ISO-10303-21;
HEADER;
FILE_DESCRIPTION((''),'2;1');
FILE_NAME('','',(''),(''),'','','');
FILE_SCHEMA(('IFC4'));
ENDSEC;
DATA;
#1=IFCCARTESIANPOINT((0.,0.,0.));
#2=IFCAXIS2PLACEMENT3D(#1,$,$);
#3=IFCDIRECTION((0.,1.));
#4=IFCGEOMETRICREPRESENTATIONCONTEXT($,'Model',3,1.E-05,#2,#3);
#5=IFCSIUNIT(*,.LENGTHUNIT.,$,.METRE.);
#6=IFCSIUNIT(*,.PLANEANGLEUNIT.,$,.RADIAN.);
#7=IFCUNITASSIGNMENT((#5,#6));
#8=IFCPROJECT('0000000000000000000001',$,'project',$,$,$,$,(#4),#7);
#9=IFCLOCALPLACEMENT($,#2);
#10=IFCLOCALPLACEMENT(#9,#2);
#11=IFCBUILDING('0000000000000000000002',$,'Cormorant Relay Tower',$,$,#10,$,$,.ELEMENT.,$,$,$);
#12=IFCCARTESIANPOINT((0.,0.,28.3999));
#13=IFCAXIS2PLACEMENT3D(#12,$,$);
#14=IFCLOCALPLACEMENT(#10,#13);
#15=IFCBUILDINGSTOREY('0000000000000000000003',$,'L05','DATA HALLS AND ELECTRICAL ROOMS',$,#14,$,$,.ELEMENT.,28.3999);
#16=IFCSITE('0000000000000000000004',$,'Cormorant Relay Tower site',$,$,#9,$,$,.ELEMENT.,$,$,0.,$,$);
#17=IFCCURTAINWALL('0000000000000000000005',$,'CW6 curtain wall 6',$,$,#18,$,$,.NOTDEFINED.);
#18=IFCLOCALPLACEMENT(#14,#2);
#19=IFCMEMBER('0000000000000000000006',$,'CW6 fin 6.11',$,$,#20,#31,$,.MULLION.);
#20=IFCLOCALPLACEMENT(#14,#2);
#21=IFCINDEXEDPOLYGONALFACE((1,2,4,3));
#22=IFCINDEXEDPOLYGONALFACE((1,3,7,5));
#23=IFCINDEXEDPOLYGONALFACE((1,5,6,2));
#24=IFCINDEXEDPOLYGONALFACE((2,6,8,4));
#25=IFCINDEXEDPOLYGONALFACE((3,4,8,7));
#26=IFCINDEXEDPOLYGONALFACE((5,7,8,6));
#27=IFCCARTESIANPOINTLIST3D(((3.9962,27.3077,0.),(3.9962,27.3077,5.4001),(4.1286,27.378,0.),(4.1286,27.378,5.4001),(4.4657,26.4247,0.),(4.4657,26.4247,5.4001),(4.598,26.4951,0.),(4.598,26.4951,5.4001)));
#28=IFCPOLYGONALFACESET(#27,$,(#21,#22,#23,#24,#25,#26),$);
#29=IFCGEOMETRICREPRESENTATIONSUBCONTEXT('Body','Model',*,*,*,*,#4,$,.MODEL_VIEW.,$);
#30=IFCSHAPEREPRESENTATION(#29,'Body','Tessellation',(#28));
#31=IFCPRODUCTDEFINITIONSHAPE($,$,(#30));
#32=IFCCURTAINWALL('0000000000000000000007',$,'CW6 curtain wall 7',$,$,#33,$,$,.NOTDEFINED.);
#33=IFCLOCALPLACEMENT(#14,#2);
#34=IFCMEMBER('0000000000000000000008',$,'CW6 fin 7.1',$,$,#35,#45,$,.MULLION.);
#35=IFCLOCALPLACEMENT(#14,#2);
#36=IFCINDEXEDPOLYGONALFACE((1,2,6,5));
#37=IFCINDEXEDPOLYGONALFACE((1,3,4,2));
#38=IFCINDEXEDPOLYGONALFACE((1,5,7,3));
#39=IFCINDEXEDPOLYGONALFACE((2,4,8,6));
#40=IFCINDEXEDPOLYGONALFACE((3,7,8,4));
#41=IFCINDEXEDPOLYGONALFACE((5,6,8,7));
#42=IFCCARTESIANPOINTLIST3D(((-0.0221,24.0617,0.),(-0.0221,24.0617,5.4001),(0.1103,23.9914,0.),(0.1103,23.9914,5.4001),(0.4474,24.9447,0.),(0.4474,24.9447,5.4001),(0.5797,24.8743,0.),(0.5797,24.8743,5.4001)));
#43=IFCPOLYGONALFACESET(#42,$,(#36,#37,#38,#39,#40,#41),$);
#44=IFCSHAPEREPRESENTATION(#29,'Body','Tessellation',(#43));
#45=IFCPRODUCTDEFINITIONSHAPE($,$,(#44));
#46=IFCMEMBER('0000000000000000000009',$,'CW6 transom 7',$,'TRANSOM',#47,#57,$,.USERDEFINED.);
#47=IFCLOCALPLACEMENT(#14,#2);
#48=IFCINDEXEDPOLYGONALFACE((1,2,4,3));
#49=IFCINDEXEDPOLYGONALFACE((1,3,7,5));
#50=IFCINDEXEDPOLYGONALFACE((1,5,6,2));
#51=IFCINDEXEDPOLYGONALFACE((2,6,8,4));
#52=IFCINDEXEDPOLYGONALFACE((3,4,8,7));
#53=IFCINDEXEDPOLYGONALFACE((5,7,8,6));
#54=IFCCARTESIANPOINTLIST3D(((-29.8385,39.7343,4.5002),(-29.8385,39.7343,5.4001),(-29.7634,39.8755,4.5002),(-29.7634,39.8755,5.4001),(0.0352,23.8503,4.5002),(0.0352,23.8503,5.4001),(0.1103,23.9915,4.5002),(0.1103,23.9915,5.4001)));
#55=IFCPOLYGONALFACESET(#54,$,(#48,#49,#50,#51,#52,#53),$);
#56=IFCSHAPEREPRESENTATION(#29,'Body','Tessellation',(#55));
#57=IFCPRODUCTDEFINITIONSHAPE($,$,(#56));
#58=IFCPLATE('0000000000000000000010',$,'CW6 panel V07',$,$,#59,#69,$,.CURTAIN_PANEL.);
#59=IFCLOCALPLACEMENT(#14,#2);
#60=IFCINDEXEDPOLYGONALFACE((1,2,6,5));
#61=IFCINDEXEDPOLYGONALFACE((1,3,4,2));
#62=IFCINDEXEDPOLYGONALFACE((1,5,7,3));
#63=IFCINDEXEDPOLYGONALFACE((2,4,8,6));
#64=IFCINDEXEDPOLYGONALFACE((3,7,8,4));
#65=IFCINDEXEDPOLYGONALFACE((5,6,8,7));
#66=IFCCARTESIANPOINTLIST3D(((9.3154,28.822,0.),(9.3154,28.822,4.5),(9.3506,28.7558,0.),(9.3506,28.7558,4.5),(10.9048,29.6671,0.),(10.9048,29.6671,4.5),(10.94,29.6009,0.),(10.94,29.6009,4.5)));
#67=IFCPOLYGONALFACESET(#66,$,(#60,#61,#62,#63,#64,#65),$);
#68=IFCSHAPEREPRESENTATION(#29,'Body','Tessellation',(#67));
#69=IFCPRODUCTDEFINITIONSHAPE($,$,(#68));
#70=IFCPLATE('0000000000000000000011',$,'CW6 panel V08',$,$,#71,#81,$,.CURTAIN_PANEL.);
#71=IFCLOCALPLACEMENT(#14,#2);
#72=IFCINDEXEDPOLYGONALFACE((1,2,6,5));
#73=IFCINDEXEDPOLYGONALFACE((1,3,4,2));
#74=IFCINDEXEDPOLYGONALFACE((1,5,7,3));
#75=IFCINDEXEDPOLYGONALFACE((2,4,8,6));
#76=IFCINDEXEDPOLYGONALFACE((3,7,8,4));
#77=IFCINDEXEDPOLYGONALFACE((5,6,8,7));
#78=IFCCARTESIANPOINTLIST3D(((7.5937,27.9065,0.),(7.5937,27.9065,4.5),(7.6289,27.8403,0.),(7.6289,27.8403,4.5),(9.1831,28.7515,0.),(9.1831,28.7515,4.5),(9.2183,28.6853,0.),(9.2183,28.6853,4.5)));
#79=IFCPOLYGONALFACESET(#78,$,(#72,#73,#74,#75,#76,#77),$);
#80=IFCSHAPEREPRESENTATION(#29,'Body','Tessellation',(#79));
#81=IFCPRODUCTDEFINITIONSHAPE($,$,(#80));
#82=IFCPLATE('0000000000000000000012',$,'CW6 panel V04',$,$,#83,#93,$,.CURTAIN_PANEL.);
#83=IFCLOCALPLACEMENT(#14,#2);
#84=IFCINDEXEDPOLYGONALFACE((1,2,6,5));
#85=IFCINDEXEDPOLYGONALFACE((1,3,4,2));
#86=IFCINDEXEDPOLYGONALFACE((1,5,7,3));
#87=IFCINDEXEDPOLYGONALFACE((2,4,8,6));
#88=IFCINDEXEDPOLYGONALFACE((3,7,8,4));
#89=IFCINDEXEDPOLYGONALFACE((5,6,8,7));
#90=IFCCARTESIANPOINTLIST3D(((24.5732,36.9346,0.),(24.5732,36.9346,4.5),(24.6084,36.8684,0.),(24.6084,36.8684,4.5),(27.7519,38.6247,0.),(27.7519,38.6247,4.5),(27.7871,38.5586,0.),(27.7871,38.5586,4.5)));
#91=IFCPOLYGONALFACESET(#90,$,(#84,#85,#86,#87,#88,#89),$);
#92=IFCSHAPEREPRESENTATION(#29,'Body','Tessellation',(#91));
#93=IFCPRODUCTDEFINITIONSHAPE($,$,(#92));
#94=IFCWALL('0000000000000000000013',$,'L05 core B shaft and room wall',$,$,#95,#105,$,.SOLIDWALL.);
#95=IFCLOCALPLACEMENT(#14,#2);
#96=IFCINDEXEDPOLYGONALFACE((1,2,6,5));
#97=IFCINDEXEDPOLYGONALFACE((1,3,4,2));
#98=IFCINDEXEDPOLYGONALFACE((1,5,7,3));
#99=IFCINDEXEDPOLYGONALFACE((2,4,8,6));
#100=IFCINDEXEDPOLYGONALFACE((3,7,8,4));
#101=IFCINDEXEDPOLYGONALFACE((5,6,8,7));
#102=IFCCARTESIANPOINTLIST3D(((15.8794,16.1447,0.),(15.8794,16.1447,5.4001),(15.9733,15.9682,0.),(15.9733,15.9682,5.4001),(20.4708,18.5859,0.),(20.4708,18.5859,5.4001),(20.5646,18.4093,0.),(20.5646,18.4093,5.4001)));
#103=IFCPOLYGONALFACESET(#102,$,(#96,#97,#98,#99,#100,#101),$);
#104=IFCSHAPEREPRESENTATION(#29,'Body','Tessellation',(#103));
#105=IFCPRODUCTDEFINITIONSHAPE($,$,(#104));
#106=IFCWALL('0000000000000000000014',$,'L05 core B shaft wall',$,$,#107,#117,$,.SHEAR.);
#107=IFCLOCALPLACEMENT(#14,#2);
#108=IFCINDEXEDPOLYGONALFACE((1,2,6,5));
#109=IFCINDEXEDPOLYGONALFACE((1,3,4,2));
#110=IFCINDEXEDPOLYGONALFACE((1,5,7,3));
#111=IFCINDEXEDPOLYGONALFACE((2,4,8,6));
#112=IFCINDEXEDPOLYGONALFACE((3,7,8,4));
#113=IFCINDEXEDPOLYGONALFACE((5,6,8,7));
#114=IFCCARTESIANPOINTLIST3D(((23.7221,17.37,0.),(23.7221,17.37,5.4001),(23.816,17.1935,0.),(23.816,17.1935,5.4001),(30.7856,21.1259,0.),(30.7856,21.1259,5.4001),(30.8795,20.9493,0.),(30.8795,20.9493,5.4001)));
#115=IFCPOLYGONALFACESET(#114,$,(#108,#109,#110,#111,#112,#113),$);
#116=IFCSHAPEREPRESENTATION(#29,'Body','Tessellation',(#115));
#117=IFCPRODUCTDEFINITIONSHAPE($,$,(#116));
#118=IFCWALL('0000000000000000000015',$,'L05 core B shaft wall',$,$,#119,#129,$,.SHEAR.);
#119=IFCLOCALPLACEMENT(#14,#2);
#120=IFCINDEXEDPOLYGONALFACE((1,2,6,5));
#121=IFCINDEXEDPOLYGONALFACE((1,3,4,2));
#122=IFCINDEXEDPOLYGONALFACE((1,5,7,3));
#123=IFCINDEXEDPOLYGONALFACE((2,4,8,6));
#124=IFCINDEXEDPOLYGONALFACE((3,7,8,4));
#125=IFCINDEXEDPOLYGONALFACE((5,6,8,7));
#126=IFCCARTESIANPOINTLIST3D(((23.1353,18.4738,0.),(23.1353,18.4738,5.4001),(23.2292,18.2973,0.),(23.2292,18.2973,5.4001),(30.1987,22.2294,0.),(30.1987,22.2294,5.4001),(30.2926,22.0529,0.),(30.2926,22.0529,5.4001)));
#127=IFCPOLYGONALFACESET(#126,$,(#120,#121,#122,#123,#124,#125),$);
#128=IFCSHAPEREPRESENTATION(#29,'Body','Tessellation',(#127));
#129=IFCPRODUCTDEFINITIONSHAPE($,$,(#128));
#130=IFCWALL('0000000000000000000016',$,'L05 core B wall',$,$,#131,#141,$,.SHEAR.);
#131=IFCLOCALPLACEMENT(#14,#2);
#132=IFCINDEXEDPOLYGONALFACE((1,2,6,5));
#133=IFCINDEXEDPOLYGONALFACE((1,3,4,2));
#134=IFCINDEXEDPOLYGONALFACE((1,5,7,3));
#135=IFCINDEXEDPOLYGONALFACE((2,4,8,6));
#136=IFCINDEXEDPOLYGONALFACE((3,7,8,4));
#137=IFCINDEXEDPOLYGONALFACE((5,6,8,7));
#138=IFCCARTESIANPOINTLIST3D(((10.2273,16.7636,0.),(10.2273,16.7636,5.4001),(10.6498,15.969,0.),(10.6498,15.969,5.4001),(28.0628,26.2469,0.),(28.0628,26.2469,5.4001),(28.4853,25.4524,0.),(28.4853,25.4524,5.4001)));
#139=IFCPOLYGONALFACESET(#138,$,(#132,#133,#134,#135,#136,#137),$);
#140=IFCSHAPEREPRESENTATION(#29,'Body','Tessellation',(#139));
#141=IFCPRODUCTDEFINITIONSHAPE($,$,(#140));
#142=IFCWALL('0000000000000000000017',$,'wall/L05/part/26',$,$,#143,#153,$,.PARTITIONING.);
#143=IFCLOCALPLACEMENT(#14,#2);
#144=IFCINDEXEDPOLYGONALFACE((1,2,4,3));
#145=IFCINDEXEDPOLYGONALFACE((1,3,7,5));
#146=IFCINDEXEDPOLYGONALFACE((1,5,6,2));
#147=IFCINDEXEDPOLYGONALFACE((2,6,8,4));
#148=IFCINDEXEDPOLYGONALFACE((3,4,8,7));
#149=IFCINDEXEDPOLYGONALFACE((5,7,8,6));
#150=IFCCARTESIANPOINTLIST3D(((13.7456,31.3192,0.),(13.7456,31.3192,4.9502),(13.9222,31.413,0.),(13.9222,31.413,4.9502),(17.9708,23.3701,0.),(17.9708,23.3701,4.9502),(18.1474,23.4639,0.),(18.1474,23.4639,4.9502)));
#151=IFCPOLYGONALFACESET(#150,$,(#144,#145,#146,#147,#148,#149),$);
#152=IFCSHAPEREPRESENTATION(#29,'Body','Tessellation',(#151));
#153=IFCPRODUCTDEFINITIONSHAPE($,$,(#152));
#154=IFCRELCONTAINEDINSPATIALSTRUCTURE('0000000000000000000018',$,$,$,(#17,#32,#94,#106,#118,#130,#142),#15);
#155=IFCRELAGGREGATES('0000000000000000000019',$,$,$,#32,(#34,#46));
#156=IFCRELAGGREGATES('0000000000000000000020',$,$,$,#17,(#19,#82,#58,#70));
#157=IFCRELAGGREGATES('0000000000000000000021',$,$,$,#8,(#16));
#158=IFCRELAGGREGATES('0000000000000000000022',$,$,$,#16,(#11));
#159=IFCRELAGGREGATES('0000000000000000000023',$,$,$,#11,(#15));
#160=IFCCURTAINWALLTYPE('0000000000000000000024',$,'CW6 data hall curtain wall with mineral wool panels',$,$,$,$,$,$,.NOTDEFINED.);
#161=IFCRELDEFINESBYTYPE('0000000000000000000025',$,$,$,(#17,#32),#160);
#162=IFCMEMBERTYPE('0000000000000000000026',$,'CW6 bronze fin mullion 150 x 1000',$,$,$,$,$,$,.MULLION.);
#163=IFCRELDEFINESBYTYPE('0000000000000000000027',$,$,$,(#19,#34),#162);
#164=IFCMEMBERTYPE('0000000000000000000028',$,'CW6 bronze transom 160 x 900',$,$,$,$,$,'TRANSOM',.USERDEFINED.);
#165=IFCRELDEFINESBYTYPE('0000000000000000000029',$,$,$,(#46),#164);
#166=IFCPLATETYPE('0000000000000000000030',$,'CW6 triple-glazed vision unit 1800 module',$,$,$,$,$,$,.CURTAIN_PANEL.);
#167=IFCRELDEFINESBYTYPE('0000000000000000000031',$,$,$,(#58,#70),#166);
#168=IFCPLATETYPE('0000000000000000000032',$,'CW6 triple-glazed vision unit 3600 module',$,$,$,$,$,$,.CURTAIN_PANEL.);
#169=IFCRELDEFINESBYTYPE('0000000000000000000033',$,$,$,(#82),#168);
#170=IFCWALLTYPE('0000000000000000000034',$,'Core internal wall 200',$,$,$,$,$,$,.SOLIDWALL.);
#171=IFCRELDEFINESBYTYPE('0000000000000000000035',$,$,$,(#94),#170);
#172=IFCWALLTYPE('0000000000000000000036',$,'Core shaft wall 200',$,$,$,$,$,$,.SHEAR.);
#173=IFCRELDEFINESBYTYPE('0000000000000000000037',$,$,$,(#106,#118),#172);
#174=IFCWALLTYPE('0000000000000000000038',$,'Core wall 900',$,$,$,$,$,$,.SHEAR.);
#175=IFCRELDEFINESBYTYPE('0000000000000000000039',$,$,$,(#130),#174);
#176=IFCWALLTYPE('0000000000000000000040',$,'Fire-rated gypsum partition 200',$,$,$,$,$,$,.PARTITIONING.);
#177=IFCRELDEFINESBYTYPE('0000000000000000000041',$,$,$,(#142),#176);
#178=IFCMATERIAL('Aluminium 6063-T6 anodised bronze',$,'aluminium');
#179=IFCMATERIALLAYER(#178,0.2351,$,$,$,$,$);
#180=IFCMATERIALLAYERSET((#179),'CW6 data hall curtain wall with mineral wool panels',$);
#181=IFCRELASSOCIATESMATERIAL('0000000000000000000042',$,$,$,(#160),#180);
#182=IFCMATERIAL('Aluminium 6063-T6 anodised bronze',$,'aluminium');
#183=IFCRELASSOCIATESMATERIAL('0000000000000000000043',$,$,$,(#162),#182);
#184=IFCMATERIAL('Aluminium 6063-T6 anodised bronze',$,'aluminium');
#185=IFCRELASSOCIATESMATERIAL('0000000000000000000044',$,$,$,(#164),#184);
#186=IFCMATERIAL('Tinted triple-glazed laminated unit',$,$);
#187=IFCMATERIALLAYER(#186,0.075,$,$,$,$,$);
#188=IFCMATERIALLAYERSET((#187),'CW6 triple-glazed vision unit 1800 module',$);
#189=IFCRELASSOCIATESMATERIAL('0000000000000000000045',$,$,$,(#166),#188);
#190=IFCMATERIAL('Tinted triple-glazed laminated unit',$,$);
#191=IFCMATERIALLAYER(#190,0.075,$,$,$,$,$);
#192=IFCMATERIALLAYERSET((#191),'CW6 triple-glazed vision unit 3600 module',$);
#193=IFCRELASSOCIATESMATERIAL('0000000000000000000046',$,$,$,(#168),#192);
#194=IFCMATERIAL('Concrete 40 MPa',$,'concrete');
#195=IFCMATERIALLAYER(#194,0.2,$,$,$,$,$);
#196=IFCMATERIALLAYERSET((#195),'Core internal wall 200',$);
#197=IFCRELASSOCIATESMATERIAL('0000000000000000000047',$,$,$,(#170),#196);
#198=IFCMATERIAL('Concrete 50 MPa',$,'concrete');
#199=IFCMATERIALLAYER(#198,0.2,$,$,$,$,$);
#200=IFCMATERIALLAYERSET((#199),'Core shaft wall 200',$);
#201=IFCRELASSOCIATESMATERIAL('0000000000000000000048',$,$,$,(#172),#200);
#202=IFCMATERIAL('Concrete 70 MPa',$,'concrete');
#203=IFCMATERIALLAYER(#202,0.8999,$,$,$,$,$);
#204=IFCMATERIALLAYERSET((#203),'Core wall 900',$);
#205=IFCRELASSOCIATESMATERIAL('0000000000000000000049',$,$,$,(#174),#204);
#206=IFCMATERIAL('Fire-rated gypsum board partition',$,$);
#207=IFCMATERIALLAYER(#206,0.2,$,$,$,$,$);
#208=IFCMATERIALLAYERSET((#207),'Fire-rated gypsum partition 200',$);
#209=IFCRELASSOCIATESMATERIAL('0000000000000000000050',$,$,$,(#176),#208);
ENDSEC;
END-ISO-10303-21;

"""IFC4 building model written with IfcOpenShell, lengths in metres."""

from ifc_helpers import new_model, si_unit, direction, frame, frame_2d, origin, origin_2d, place, context, subcontext, project, spatial, rectangle, extrude, material, layer, layer_set, material_profile, profile_set, type_object, element, aggregate, save


model = new_model("IFC4")

# Units and contexts
model_context = context("Model", 3, precision=1e-05, world=origin(), true_north=direction((0.0, 1.0)))
body_context = subcontext(model_context, "Body", "Model", "MODEL_VIEW")
ifc_project = project(units=[si_unit("LENGTHUNIT", "METRE"), si_unit("PLANEANGLEUNIT", "RADIAN")], contexts=[model_context])

# Site, building, storey
site_placement = place(None, origin())
site = spatial("IfcSite", under=ifc_project, at=site_placement, Name="Cormorant Relay Tower site", CompositionType="ELEMENT", RefElevation=0.0)
building_placement = place(site_placement, origin())
building = spatial("IfcBuilding", under=site, at=building_placement, Name="Cormorant Relay Tower", CompositionType="ELEMENT")
storey_placement = place(building_placement, frame((0.0, 0.0, 28.3999)))
storey = spatial("IfcBuildingStorey", under=building, at=storey_placement, Name="L05", Description="DATA HALLS AND ELECTRICAL ROOMS", CompositionType="ELEMENT", Elevation=28.3999)

# Curtain walls, members
ifc_material_1 = material(Name="Aluminium 6063-T6 anodised bronze", Category="aluminium")
ifc_layer_1 = layer(ifc_material_1, 0.2351)
ifc_layer_set_1 = layer_set([ifc_layer_1], Name="CW6 data hall curtain wall with mineral wool panels")
curtain_wall_type = type_object("IfcCurtainWallType", Name="CW6 data hall curtain wall with mineral wool panels", PredefinedType="NOTDEFINED", material=ifc_layer_set_1)
curtain_wall_1_placement = place(storey_placement, origin())
curtain_wall_1 = element("IfcCurtainWall", 1, at=curtain_wall_1_placement, inside=storey, type_object=curtain_wall_type, Name="CW6 curtain wall 6", PredefinedType="NOTDEFINED")
ifc_material_2 = material(Name="Aluminium 6063-T6 anodised bronze", Category="aluminium")
ifc_material_profile_1 = material_profile(ifc_material_2, rectangle(XDim=0.1499, YDim=1.0, at=origin_2d()), Name="AL 150x1000")
ifc_profile_set_1 = profile_set([ifc_material_profile_1], Name="Aluminium 6063-T6 anodised bronze")
member_type_1 = type_object("IfcMemberType", Name="CW6 bronze fin mullion 150 x 1000", PredefinedType="MULLION", material=ifc_profile_set_1)
member_1_placement = place(storey_placement, frame((4.2971, 26.9014, 0.0), z_axis=(0.0, 0.0, 1.0), x_axis=(-0.882948, -0.469472, 0.0)))
member_1 = element("IfcMember", 2, at=member_1_placement, type_object=member_type_1, Name="CW6 fin 6.11", PredefinedType="MULLION", context=body_context, shape_type="SweptSolid", body=[
    extrude(rectangle(XDim=0.1499, YDim=1.0, at=origin_2d()), origin(), (0.0, 0.0, 1.0), 5.4001),
])
curtain_wall_2_placement = place(storey_placement, origin())
curtain_wall_2 = element("IfcCurtainWall", 3, at=curtain_wall_2_placement, inside=storey, type_object=curtain_wall_type, Name="CW6 curtain wall 7", PredefinedType="NOTDEFINED")
member_2_placement = place(storey_placement, frame((0.2788, 24.468, 0.0), z_axis=(0.0, 0.0, 1.0), x_axis=(-0.882948, 0.469472, 0.0)))
member_2 = element("IfcMember", 4, at=member_2_placement, type_object=member_type_1, Name="CW6 fin 7.1", PredefinedType="MULLION", context=body_context, shape_type="SweptSolid", body=[
    extrude(rectangle(XDim=0.1499, YDim=1.0, at=origin_2d()), origin(), (0.0, 0.0, 1.0), 5.4001),
])
ifc_material_3 = material(Name="Aluminium 6063-T6 anodised bronze", Category="aluminium")
ifc_material_profile_2 = material_profile(ifc_material_3, rectangle(XDim=0.1599, YDim=0.8999, at=origin_2d()), Name="AL 160x900")
ifc_profile_set_2 = profile_set([ifc_material_profile_2], Name="Aluminium 6063-T6 anodised bronze")
member_type_2 = type_object("IfcMemberType", Name="CW6 bronze transom 160 x 900", ElementType="TRANSOM", PredefinedType="USERDEFINED", material=ifc_profile_set_2)
member_3_placement = place(storey_placement, frame((0.0728, 23.9209, 4.9502), z_axis=(-0.882949, 0.469468, 0.0), x_axis=(-0.469468, -0.882949, 0.0)))
member_3 = element("IfcMember", 5, at=member_3_placement, type_object=member_type_2, Name="CW6 transom 7", ObjectType="TRANSOM", PredefinedType="USERDEFINED", context=body_context, shape_type="SweptSolid", body=[
    extrude(rectangle(XDim=0.1599, YDim=0.8999, at=origin_2d()), origin(), (0.0, 0.0, 1.0), 33.834),
])
aggregate(curtain_wall_2, [member_2, member_3])

# Plates
ifc_material_4 = material(Name="Tinted triple-glazed laminated unit")
ifc_layer_2 = layer(ifc_material_4, 0.075)
ifc_layer_set_2 = layer_set([ifc_layer_2], Name="CW6 triple-glazed vision unit 1800 module")
plate_type_1 = type_object("IfcPlateType", Name="CW6 triple-glazed vision unit 1800 module", PredefinedType="CURTAIN_PANEL", material=ifc_layer_set_2)
plate_1_placement = place(storey_placement, frame((10.1277, 29.2114, 0.0), z_axis=(0.0, 0.0, 1.0), x_axis=(-0.882948, -0.469472, 0.0)))
plate_1 = element("IfcPlate", 6, at=plate_1_placement, type_object=plate_type_1, Name="CW6 panel V07", PredefinedType="CURTAIN_PANEL", context=body_context, shape_type="SweptSolid", body=[
    extrude(rectangle(XDim=1.8, YDim=0.075, at=origin_2d()), origin(), (0.0, 0.0, 1.0), 4.5),
])
plate_2_placement = place(storey_placement, frame((8.406, 28.2959, 0.0), z_axis=(0.0, 0.0, 1.0), x_axis=(-0.882948, -0.469472, 0.0)))
plate_2 = element("IfcPlate", 7, at=plate_2_placement, type_object=plate_type_1, Name="CW6 panel V08", PredefinedType="CURTAIN_PANEL", context=body_context, shape_type="SweptSolid", body=[
    extrude(rectangle(XDim=1.8, YDim=0.075, at=origin_2d()), origin(), (0.0, 0.0, 1.0), 4.5),
])
ifc_material_5 = material(Name="Tinted triple-glazed laminated unit")
ifc_layer_3 = layer(ifc_material_5, 0.075)
ifc_layer_set_3 = layer_set([ifc_layer_3], Name="CW6 triple-glazed vision unit 3600 module")
plate_type_2 = type_object("IfcPlateType", Name="CW6 triple-glazed vision unit 3600 module", PredefinedType="CURTAIN_PANEL", material=ifc_layer_set_3)
plate_3_placement = place(storey_placement, frame((26.1802, 37.7466, 0.0), z_axis=(0.0, 0.0, 1.0), x_axis=(-0.882948, -0.469472, 0.0)))
plate_3 = element("IfcPlate", 8, at=plate_3_placement, type_object=plate_type_2, Name="CW6 panel V04", PredefinedType="CURTAIN_PANEL", context=body_context, shape_type="SweptSolid", body=[
    extrude(rectangle(XDim=3.6001, YDim=0.075, at=origin_2d()), origin(), (0.0, 0.0, 1.0), 4.5),
])

# Walls
ifc_material_6 = material(Name="Concrete 40 MPa", Category="concrete")
ifc_layer_4 = layer(ifc_material_6, 0.2)
ifc_layer_set_4 = layer_set([ifc_layer_4], Name="Core internal wall 200")
wall_type_1 = type_object("IfcWallType", Name="Core internal wall 200", PredefinedType="SOLIDWALL", material=ifc_layer_set_4)
wall_1_placement = place(storey_placement, frame((15.9263, 16.0564, 0.0), z_axis=(0.0, 0.0, 1.0), x_axis=(0.882954, 0.46946, 0.0)))
element("IfcWall", 9, at=wall_1_placement, inside=storey, type_object=wall_type_1, Name="L05 core B shaft and room wall", PredefinedType="SOLIDWALL", context=body_context, shape_type="SweptSolid", body=[
    extrude(rectangle(XDim=5.2, YDim=0.2, at=frame_2d((2.6001, 0.0))), origin(), (0.0, 0.0, 1.0), 5.4001),
])
ifc_material_7 = material(Name="Concrete 50 MPa", Category="concrete")
ifc_layer_5 = layer(ifc_material_7, 0.2)
ifc_layer_set_5 = layer_set([ifc_layer_5], Name="Core shaft wall 200")
wall_type_2 = type_object("IfcWallType", Name="Core shaft wall 200", PredefinedType="SHEAR", material=ifc_layer_set_5)
wall_2_placement = place(storey_placement, frame((23.769, 17.2817, 0.0), z_axis=(0.0, 0.0, 1.0), x_axis=(0.88294, 0.469485, 0.0)))
element("IfcWall", 10, at=wall_2_placement, inside=storey, type_object=wall_type_2, Name="L05 core B shaft wall", PredefinedType="SHEAR", context=body_context, shape_type="SweptSolid", body=[
    extrude(rectangle(XDim=8.0, YDim=0.2, at=frame_2d((4.0, 0.0))), origin(), (0.0, 0.0, 1.0), 5.4001),
])
wall_3_placement = place(storey_placement, frame((23.1821, 18.3855, 0.0), z_axis=(0.0, 0.0, 1.0), x_axis=(0.882953, 0.469462, 0.0)))
element("IfcWall", 11, at=wall_3_placement, inside=storey, type_object=wall_type_2, Name="L05 core B shaft wall", PredefinedType="SHEAR", context=body_context, shape_type="SweptSolid", body=[
    extrude(rectangle(XDim=7.9998, YDim=0.2, at=frame_2d((4.0, 0.0))), origin(), (0.0, 0.0, 1.0), 5.4001),
])
ifc_material_8 = material(Name="Concrete 70 MPa", Category="concrete")
ifc_layer_6 = layer(ifc_material_8, 0.8999)
ifc_layer_set_6 = layer_set([ifc_layer_6], Name="Core wall 900")
wall_type_3 = type_object("IfcWallType", Name="Core wall 900", PredefinedType="SHEAR", material=ifc_layer_set_6)
wall_4_placement = place(storey_placement, frame((10.4385, 16.3662, 0.0), z_axis=(0.0, 0.0, 1.0), x_axis=(0.882945, 0.469476, 0.0)))
element("IfcWall", 12, at=wall_4_placement, inside=storey, type_object=wall_type_3, Name="L05 core B wall", PredefinedType="SHEAR", context=body_context, shape_type="SweptSolid", body=[
    extrude(rectangle(XDim=20.2, YDim=0.8999, at=frame_2d((10.1001, 0.0))), origin(), (0.0, 0.0, 1.0), 5.4001),
])
ifc_material_9 = material(Name="Fire-rated gypsum board partition")
ifc_layer_7 = layer(ifc_material_9, 0.2)
ifc_layer_set_7 = layer_set([ifc_layer_7], Name="Fire-rated gypsum partition 200")
wall_type_4 = type_object("IfcWallType", Name="Fire-rated gypsum partition 200", PredefinedType="PARTITIONING", material=ifc_layer_set_7)
wall_5_placement = place(storey_placement, frame((13.834, 31.366, 0.0), z_axis=(0.0, 0.0, 1.0), x_axis=(0.469346, -0.883014, 0.0)))
element("IfcWall", 13, at=wall_5_placement, inside=storey, type_object=wall_type_4, Name="wall/L05/part/26", PredefinedType="PARTITIONING", context=body_context, shape_type="SweptSolid", body=[
    extrude(rectangle(XDim=9.0022, YDim=0.2, at=frame_2d((4.501, 0.0))), origin(), (0.0, 0.0, 1.0), 4.9502),
])

aggregate(curtain_wall_1, [member_1, plate_3, plate_1, plate_2])

save(model, "model.ifc")
